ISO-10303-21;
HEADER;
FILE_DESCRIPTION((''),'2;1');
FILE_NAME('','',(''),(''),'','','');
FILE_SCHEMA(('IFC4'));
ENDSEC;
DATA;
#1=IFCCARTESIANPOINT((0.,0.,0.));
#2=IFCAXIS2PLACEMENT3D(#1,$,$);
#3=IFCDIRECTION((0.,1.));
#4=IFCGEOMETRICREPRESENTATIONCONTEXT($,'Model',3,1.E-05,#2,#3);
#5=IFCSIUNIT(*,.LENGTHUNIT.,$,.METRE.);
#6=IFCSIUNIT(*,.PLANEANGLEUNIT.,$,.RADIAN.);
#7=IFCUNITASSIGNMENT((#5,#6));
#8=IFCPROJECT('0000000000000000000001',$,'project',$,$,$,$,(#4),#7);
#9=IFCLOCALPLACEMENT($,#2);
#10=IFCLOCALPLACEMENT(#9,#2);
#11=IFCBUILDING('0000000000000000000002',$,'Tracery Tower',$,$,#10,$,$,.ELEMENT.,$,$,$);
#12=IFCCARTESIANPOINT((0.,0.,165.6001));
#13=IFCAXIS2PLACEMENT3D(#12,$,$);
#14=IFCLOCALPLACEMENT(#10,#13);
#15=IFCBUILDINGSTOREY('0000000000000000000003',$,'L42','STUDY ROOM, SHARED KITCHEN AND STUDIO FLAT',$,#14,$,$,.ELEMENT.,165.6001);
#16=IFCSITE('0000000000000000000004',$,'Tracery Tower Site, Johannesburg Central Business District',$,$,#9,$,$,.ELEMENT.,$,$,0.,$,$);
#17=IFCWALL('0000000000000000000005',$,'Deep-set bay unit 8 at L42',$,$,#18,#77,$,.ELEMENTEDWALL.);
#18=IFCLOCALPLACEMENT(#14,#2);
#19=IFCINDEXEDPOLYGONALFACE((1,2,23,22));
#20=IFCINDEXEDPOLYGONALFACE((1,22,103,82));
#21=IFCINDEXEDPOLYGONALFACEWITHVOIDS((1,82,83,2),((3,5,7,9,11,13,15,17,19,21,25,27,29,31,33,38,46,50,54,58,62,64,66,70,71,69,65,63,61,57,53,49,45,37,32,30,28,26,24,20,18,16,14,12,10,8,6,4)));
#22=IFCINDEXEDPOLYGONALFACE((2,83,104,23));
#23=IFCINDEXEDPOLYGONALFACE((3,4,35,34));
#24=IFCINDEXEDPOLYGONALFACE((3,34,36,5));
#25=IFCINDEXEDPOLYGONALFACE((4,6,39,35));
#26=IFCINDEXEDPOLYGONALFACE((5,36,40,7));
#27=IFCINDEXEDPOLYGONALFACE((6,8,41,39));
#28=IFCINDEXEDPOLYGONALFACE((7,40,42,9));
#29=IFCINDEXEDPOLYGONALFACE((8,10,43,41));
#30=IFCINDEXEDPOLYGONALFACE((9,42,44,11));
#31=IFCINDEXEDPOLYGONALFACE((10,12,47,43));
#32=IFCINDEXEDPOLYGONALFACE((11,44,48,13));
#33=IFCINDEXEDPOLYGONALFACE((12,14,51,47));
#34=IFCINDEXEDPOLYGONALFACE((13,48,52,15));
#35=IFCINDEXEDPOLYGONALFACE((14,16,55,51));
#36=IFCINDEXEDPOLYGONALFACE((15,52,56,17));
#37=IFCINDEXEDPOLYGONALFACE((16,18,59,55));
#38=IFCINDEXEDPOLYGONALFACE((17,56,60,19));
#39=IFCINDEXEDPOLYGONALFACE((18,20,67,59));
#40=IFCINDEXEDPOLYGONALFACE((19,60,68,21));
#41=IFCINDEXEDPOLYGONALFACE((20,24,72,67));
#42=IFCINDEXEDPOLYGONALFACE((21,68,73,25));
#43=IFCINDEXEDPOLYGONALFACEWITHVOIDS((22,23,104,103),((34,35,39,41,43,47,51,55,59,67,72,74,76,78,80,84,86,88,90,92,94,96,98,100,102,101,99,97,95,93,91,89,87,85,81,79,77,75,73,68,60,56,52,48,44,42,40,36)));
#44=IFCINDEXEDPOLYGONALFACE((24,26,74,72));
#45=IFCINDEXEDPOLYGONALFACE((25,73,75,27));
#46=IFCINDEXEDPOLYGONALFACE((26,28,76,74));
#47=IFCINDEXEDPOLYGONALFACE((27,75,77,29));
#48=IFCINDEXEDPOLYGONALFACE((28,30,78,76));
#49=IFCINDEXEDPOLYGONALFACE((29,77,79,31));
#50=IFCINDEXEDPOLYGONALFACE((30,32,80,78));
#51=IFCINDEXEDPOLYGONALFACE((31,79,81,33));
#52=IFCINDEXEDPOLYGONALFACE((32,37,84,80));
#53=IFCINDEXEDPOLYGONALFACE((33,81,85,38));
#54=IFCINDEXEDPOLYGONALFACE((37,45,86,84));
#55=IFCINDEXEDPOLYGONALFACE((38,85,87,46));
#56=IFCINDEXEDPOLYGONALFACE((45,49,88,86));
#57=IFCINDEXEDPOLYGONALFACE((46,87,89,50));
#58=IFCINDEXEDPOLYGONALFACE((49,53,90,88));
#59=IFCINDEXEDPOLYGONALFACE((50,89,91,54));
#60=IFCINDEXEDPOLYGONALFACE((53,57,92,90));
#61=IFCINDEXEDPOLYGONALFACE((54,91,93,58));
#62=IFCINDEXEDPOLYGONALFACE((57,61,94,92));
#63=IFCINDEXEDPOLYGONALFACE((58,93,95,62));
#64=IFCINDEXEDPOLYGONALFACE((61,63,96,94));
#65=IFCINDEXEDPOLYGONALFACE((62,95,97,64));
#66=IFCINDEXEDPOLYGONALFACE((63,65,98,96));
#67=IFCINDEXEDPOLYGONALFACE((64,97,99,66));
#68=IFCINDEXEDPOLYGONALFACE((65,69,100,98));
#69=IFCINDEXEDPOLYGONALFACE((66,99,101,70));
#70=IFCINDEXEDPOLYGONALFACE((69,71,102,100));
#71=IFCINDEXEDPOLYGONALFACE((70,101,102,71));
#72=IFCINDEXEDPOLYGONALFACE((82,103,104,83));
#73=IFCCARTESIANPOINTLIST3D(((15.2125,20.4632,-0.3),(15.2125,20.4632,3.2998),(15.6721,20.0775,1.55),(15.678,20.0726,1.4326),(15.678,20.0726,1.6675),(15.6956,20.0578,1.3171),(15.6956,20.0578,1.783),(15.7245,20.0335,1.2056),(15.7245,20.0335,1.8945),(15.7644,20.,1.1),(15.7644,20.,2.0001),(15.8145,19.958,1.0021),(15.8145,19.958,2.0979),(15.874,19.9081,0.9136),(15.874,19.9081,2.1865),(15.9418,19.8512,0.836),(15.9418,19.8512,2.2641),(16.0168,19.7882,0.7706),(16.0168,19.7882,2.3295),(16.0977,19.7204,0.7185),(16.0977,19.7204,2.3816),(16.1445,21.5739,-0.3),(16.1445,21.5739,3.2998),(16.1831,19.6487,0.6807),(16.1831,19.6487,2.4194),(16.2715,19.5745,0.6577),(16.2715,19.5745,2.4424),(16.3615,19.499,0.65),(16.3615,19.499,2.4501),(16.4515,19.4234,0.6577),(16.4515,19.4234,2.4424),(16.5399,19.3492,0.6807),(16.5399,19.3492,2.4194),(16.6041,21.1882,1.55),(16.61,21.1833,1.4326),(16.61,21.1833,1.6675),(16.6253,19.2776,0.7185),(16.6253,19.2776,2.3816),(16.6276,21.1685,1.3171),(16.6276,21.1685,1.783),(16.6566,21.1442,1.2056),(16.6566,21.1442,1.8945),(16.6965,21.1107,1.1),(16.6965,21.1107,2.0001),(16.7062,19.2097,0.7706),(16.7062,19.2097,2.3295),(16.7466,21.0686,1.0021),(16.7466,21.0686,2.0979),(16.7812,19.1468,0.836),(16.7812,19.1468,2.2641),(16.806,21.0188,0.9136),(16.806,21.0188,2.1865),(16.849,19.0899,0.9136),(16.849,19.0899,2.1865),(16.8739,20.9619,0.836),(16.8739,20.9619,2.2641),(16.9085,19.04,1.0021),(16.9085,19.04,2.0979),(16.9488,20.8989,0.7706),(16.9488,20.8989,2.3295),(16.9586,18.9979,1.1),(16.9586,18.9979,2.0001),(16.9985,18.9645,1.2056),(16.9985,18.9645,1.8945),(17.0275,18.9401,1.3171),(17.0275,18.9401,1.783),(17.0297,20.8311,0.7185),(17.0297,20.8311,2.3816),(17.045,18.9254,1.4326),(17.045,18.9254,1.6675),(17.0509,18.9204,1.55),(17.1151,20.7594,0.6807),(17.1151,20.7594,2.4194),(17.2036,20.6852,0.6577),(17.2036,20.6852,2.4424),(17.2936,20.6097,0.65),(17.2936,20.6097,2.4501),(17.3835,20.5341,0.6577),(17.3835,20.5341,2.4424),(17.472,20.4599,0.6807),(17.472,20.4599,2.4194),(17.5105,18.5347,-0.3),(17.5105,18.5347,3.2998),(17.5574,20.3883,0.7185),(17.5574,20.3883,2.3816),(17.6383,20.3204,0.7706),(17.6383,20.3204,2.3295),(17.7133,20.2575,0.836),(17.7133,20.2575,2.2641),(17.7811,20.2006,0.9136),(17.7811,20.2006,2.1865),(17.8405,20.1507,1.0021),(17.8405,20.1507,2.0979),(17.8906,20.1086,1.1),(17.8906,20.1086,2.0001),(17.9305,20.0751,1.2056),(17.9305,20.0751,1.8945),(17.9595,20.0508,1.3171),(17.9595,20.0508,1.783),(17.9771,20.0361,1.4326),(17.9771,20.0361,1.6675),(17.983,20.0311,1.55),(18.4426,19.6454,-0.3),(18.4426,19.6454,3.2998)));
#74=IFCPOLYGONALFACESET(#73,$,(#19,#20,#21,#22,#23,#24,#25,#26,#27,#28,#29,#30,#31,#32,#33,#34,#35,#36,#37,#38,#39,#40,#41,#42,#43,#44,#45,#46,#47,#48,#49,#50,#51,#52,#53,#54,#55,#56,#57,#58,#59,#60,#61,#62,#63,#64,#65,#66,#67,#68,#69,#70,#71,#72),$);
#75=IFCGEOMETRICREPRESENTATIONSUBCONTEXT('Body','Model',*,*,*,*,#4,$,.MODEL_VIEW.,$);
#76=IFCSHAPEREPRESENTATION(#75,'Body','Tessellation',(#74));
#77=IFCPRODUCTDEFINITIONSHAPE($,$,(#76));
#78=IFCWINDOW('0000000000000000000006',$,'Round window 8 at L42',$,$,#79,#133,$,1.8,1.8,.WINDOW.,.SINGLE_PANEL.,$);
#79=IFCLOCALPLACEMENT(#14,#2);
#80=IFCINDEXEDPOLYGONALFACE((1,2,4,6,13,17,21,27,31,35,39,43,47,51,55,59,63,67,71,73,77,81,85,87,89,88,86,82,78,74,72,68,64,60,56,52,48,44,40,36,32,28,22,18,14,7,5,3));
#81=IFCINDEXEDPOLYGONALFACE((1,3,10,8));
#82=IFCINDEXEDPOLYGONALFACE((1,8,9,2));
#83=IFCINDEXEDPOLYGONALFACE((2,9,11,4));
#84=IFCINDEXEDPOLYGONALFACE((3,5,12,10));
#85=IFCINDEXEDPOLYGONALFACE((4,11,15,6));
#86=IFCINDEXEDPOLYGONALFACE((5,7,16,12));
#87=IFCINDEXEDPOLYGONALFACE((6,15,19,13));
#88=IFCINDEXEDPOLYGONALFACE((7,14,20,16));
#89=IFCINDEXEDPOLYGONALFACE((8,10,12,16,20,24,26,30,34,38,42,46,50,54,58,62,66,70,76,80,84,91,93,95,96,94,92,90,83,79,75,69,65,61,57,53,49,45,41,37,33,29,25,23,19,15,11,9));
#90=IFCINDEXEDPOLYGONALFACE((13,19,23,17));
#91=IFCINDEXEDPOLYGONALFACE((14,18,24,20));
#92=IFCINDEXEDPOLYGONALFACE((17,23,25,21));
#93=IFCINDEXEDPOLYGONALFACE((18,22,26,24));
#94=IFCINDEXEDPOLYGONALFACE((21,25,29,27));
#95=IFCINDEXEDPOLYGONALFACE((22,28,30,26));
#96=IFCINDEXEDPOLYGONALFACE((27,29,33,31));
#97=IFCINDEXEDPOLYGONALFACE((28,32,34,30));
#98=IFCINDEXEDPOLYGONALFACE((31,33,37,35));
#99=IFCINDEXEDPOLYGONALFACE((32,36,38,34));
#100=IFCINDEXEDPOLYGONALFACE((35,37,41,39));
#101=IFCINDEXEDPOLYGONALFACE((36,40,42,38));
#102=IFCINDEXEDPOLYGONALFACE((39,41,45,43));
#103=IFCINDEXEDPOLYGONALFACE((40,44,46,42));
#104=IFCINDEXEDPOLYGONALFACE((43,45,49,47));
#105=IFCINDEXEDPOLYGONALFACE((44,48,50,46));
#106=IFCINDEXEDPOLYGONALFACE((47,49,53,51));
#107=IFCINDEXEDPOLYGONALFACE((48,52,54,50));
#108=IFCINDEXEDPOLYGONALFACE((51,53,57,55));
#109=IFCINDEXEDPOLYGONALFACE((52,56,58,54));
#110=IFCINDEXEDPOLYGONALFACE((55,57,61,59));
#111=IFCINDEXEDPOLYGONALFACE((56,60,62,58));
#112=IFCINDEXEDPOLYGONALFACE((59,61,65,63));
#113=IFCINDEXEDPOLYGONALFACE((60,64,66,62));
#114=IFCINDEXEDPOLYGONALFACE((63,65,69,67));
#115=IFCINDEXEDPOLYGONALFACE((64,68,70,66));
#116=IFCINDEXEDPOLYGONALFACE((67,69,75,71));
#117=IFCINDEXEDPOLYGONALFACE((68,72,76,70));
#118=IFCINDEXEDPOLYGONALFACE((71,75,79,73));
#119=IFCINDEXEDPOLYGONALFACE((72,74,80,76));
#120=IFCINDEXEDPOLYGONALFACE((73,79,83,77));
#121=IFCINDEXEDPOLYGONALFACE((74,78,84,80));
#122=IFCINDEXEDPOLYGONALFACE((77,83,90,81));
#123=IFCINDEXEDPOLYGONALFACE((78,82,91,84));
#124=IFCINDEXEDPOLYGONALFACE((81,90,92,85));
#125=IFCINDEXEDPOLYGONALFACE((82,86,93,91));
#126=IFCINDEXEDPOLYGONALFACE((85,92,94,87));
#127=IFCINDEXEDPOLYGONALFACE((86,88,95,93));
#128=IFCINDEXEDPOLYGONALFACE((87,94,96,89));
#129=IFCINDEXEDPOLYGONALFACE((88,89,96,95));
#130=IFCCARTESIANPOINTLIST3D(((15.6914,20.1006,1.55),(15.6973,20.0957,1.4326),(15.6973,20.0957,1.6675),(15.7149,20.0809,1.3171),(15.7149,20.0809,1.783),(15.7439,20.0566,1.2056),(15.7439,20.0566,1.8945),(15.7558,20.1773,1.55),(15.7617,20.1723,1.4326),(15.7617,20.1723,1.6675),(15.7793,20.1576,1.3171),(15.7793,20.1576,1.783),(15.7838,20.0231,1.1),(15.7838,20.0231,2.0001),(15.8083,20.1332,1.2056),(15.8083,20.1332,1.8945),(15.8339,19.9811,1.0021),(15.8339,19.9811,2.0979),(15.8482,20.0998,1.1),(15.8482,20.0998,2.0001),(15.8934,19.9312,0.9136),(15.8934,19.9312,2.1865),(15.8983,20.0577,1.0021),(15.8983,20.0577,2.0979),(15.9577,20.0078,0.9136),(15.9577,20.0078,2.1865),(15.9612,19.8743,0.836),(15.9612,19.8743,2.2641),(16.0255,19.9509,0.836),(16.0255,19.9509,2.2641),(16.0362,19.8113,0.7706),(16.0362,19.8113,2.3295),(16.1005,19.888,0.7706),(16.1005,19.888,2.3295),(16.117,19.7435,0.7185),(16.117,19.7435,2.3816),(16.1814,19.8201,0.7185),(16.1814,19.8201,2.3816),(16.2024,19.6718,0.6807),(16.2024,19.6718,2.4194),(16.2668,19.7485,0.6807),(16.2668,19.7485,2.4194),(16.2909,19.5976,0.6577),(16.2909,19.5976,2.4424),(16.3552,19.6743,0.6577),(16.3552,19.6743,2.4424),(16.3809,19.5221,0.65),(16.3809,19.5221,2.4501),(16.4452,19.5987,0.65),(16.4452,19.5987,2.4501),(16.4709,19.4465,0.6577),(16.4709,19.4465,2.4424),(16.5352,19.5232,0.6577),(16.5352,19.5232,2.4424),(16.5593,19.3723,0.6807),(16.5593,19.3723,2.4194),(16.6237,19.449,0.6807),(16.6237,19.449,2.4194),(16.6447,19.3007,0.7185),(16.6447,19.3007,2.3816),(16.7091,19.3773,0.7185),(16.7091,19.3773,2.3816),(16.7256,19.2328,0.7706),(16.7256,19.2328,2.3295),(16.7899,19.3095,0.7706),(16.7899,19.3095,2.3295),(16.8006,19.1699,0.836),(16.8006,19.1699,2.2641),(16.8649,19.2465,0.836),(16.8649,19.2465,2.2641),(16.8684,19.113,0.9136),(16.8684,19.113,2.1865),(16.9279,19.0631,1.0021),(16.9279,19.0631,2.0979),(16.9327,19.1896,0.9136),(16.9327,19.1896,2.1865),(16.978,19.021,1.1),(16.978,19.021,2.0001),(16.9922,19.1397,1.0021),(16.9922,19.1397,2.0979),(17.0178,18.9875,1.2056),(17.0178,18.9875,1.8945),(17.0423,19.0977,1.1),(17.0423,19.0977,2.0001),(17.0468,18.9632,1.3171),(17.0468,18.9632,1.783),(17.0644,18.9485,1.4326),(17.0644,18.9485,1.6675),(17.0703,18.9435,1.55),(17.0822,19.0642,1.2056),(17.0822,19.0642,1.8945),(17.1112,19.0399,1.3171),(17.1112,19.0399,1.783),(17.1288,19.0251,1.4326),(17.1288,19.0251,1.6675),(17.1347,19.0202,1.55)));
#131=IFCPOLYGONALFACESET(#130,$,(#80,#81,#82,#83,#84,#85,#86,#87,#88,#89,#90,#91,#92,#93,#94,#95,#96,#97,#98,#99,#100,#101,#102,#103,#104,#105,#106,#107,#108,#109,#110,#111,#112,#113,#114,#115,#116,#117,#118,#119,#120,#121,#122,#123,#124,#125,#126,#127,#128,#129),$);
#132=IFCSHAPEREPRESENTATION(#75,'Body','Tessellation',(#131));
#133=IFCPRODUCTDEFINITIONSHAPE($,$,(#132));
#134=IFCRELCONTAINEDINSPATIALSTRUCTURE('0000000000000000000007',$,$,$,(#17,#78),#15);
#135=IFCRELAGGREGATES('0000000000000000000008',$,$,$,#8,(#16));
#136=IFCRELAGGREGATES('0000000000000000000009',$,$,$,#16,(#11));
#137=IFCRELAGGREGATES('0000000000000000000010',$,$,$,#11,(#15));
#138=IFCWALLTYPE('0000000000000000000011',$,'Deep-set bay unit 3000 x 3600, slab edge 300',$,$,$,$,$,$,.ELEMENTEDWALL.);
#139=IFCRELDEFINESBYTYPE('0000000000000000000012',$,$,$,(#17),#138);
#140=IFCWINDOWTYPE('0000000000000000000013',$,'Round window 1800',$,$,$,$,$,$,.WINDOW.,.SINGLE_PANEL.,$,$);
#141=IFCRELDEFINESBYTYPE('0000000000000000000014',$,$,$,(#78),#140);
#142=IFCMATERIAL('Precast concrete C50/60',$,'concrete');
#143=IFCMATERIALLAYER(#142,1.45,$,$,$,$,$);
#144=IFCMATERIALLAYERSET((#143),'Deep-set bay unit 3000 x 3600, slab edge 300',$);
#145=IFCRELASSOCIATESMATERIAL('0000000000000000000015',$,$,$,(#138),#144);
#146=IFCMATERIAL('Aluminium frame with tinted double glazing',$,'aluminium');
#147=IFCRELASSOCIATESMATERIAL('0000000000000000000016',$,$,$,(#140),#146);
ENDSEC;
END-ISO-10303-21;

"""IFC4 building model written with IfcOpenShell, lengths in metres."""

from ifc_helpers import new_model, si_unit, direction, frame, frame_2d, origin, origin_2d, place, context, subcontext, project, spatial, rectangle, circle, extrude, material, layer, layer_set, type_object, element, fill, save


model = new_model("IFC4")

# Units and contexts
model_context = context("Model", 3, precision=1e-05, world=origin(), true_north=direction((0.0, 1.0)))
body_context = subcontext(model_context, "Body", "Model", "MODEL_VIEW")
ifc_project = project(units=[si_unit("LENGTHUNIT", "METRE"), si_unit("PLANEANGLEUNIT", "RADIAN")], contexts=[model_context])

# Site, building, storey
site_placement = place(None, origin())
site = spatial("IfcSite", under=ifc_project, at=site_placement, Name="Tracery Tower Site, Johannesburg Central Business District", CompositionType="ELEMENT", RefElevation=0.0)
building_placement = place(site_placement, origin())
building = spatial("IfcBuilding", under=site, at=building_placement, Name="Tracery Tower", CompositionType="ELEMENT")
storey_placement = place(building_placement, frame((0.0, 0.0, 165.6001)))
storey = spatial("IfcBuildingStorey", under=building, at=storey_placement, Name="L42", Description="STUDY ROOM, SHARED KITCHEN AND STUDIO FLAT", CompositionType="ELEMENT", Elevation=165.6001)

# Wall, opening, window
ifc_material_1 = material(Name="Precast concrete C50/60", Category="concrete")
ifc_layer_1 = layer(ifc_material_1, 1.45)
ifc_layer_set_1 = layer_set([ifc_layer_1], Name="Deep-set bay unit 3000 x 3600, slab edge 300")
wall_type_1 = type_object("IfcWallType", Name="Deep-set bay unit 3000 x 3600, slab edge 300", PredefinedType="ELEMENTEDWALL", material=ifc_layer_set_1)
wall_1_placement = place(storey_placement, frame((17.9766, 19.0901, -0.3), z_axis=(0.0, 0.0, 1.0), x_axis=(-0.766022, 0.642814, 0.0)))
wall_1 = element("IfcWall", 1, at=wall_1_placement, inside=storey, type_object=wall_type_1, Name="Deep-set bay unit 8 at L42", PredefinedType="ELEMENTEDWALL", context=body_context, shape_type="SweptSolid", body=[
    extrude(rectangle(XDim=3.0, YDim=1.45, at=frame_2d((1.5, 0.0))), origin(), (0.0, 0.0, 1.0), 3.5999),
])
opening_1_placement = place(wall_1_placement, frame((1.5, 0.0, 1.8501)))
opening_1 = element("IfcOpeningElement", 2, at=opening_1_placement, cuts=wall_1, PredefinedType="OPENING", context=body_context, shape_type="SweptSolid", body=[
    extrude(circle(Radius=0.9, at=origin_2d()), frame((0.0, 0.7349, 0.0), z_axis=(0.0, -1.0, 0.0), x_axis=(1.0, 0.0, 0.0)), (0.0, 0.0, 1.0), 1.47),
])
ifc_material_2 = material(Name="Aluminium frame with tinted double glazing", Category="aluminium")
window_type = type_object("IfcWindowType", Name="Round window 1800", PartitioningType="SINGLE_PANEL", PredefinedType="WINDOW", material=ifc_material_2)
window_1_placement = place(opening_1_placement, origin())
window_1 = element("IfcWindow", 3, at=window_1_placement, inside=storey, type_object=window_type, Name="Round window 8 at L42", OverallHeight=1.8, OverallWidth=1.8, PartitioningType="SINGLE_PANEL", PredefinedType="WINDOW", context=body_context, shape_type="SweptSolid", body=[
    extrude(circle(Radius=0.9, at=origin_2d()), frame((0.0, 0.6948, 0.0), z_axis=(0.0, -1.0, 0.0), x_axis=(1.0, 0.0, 0.0)), (0.0, 0.0, 1.0), 0.1001),
])
fill(opening_1, window_1)

save(model, "model.ifc")
